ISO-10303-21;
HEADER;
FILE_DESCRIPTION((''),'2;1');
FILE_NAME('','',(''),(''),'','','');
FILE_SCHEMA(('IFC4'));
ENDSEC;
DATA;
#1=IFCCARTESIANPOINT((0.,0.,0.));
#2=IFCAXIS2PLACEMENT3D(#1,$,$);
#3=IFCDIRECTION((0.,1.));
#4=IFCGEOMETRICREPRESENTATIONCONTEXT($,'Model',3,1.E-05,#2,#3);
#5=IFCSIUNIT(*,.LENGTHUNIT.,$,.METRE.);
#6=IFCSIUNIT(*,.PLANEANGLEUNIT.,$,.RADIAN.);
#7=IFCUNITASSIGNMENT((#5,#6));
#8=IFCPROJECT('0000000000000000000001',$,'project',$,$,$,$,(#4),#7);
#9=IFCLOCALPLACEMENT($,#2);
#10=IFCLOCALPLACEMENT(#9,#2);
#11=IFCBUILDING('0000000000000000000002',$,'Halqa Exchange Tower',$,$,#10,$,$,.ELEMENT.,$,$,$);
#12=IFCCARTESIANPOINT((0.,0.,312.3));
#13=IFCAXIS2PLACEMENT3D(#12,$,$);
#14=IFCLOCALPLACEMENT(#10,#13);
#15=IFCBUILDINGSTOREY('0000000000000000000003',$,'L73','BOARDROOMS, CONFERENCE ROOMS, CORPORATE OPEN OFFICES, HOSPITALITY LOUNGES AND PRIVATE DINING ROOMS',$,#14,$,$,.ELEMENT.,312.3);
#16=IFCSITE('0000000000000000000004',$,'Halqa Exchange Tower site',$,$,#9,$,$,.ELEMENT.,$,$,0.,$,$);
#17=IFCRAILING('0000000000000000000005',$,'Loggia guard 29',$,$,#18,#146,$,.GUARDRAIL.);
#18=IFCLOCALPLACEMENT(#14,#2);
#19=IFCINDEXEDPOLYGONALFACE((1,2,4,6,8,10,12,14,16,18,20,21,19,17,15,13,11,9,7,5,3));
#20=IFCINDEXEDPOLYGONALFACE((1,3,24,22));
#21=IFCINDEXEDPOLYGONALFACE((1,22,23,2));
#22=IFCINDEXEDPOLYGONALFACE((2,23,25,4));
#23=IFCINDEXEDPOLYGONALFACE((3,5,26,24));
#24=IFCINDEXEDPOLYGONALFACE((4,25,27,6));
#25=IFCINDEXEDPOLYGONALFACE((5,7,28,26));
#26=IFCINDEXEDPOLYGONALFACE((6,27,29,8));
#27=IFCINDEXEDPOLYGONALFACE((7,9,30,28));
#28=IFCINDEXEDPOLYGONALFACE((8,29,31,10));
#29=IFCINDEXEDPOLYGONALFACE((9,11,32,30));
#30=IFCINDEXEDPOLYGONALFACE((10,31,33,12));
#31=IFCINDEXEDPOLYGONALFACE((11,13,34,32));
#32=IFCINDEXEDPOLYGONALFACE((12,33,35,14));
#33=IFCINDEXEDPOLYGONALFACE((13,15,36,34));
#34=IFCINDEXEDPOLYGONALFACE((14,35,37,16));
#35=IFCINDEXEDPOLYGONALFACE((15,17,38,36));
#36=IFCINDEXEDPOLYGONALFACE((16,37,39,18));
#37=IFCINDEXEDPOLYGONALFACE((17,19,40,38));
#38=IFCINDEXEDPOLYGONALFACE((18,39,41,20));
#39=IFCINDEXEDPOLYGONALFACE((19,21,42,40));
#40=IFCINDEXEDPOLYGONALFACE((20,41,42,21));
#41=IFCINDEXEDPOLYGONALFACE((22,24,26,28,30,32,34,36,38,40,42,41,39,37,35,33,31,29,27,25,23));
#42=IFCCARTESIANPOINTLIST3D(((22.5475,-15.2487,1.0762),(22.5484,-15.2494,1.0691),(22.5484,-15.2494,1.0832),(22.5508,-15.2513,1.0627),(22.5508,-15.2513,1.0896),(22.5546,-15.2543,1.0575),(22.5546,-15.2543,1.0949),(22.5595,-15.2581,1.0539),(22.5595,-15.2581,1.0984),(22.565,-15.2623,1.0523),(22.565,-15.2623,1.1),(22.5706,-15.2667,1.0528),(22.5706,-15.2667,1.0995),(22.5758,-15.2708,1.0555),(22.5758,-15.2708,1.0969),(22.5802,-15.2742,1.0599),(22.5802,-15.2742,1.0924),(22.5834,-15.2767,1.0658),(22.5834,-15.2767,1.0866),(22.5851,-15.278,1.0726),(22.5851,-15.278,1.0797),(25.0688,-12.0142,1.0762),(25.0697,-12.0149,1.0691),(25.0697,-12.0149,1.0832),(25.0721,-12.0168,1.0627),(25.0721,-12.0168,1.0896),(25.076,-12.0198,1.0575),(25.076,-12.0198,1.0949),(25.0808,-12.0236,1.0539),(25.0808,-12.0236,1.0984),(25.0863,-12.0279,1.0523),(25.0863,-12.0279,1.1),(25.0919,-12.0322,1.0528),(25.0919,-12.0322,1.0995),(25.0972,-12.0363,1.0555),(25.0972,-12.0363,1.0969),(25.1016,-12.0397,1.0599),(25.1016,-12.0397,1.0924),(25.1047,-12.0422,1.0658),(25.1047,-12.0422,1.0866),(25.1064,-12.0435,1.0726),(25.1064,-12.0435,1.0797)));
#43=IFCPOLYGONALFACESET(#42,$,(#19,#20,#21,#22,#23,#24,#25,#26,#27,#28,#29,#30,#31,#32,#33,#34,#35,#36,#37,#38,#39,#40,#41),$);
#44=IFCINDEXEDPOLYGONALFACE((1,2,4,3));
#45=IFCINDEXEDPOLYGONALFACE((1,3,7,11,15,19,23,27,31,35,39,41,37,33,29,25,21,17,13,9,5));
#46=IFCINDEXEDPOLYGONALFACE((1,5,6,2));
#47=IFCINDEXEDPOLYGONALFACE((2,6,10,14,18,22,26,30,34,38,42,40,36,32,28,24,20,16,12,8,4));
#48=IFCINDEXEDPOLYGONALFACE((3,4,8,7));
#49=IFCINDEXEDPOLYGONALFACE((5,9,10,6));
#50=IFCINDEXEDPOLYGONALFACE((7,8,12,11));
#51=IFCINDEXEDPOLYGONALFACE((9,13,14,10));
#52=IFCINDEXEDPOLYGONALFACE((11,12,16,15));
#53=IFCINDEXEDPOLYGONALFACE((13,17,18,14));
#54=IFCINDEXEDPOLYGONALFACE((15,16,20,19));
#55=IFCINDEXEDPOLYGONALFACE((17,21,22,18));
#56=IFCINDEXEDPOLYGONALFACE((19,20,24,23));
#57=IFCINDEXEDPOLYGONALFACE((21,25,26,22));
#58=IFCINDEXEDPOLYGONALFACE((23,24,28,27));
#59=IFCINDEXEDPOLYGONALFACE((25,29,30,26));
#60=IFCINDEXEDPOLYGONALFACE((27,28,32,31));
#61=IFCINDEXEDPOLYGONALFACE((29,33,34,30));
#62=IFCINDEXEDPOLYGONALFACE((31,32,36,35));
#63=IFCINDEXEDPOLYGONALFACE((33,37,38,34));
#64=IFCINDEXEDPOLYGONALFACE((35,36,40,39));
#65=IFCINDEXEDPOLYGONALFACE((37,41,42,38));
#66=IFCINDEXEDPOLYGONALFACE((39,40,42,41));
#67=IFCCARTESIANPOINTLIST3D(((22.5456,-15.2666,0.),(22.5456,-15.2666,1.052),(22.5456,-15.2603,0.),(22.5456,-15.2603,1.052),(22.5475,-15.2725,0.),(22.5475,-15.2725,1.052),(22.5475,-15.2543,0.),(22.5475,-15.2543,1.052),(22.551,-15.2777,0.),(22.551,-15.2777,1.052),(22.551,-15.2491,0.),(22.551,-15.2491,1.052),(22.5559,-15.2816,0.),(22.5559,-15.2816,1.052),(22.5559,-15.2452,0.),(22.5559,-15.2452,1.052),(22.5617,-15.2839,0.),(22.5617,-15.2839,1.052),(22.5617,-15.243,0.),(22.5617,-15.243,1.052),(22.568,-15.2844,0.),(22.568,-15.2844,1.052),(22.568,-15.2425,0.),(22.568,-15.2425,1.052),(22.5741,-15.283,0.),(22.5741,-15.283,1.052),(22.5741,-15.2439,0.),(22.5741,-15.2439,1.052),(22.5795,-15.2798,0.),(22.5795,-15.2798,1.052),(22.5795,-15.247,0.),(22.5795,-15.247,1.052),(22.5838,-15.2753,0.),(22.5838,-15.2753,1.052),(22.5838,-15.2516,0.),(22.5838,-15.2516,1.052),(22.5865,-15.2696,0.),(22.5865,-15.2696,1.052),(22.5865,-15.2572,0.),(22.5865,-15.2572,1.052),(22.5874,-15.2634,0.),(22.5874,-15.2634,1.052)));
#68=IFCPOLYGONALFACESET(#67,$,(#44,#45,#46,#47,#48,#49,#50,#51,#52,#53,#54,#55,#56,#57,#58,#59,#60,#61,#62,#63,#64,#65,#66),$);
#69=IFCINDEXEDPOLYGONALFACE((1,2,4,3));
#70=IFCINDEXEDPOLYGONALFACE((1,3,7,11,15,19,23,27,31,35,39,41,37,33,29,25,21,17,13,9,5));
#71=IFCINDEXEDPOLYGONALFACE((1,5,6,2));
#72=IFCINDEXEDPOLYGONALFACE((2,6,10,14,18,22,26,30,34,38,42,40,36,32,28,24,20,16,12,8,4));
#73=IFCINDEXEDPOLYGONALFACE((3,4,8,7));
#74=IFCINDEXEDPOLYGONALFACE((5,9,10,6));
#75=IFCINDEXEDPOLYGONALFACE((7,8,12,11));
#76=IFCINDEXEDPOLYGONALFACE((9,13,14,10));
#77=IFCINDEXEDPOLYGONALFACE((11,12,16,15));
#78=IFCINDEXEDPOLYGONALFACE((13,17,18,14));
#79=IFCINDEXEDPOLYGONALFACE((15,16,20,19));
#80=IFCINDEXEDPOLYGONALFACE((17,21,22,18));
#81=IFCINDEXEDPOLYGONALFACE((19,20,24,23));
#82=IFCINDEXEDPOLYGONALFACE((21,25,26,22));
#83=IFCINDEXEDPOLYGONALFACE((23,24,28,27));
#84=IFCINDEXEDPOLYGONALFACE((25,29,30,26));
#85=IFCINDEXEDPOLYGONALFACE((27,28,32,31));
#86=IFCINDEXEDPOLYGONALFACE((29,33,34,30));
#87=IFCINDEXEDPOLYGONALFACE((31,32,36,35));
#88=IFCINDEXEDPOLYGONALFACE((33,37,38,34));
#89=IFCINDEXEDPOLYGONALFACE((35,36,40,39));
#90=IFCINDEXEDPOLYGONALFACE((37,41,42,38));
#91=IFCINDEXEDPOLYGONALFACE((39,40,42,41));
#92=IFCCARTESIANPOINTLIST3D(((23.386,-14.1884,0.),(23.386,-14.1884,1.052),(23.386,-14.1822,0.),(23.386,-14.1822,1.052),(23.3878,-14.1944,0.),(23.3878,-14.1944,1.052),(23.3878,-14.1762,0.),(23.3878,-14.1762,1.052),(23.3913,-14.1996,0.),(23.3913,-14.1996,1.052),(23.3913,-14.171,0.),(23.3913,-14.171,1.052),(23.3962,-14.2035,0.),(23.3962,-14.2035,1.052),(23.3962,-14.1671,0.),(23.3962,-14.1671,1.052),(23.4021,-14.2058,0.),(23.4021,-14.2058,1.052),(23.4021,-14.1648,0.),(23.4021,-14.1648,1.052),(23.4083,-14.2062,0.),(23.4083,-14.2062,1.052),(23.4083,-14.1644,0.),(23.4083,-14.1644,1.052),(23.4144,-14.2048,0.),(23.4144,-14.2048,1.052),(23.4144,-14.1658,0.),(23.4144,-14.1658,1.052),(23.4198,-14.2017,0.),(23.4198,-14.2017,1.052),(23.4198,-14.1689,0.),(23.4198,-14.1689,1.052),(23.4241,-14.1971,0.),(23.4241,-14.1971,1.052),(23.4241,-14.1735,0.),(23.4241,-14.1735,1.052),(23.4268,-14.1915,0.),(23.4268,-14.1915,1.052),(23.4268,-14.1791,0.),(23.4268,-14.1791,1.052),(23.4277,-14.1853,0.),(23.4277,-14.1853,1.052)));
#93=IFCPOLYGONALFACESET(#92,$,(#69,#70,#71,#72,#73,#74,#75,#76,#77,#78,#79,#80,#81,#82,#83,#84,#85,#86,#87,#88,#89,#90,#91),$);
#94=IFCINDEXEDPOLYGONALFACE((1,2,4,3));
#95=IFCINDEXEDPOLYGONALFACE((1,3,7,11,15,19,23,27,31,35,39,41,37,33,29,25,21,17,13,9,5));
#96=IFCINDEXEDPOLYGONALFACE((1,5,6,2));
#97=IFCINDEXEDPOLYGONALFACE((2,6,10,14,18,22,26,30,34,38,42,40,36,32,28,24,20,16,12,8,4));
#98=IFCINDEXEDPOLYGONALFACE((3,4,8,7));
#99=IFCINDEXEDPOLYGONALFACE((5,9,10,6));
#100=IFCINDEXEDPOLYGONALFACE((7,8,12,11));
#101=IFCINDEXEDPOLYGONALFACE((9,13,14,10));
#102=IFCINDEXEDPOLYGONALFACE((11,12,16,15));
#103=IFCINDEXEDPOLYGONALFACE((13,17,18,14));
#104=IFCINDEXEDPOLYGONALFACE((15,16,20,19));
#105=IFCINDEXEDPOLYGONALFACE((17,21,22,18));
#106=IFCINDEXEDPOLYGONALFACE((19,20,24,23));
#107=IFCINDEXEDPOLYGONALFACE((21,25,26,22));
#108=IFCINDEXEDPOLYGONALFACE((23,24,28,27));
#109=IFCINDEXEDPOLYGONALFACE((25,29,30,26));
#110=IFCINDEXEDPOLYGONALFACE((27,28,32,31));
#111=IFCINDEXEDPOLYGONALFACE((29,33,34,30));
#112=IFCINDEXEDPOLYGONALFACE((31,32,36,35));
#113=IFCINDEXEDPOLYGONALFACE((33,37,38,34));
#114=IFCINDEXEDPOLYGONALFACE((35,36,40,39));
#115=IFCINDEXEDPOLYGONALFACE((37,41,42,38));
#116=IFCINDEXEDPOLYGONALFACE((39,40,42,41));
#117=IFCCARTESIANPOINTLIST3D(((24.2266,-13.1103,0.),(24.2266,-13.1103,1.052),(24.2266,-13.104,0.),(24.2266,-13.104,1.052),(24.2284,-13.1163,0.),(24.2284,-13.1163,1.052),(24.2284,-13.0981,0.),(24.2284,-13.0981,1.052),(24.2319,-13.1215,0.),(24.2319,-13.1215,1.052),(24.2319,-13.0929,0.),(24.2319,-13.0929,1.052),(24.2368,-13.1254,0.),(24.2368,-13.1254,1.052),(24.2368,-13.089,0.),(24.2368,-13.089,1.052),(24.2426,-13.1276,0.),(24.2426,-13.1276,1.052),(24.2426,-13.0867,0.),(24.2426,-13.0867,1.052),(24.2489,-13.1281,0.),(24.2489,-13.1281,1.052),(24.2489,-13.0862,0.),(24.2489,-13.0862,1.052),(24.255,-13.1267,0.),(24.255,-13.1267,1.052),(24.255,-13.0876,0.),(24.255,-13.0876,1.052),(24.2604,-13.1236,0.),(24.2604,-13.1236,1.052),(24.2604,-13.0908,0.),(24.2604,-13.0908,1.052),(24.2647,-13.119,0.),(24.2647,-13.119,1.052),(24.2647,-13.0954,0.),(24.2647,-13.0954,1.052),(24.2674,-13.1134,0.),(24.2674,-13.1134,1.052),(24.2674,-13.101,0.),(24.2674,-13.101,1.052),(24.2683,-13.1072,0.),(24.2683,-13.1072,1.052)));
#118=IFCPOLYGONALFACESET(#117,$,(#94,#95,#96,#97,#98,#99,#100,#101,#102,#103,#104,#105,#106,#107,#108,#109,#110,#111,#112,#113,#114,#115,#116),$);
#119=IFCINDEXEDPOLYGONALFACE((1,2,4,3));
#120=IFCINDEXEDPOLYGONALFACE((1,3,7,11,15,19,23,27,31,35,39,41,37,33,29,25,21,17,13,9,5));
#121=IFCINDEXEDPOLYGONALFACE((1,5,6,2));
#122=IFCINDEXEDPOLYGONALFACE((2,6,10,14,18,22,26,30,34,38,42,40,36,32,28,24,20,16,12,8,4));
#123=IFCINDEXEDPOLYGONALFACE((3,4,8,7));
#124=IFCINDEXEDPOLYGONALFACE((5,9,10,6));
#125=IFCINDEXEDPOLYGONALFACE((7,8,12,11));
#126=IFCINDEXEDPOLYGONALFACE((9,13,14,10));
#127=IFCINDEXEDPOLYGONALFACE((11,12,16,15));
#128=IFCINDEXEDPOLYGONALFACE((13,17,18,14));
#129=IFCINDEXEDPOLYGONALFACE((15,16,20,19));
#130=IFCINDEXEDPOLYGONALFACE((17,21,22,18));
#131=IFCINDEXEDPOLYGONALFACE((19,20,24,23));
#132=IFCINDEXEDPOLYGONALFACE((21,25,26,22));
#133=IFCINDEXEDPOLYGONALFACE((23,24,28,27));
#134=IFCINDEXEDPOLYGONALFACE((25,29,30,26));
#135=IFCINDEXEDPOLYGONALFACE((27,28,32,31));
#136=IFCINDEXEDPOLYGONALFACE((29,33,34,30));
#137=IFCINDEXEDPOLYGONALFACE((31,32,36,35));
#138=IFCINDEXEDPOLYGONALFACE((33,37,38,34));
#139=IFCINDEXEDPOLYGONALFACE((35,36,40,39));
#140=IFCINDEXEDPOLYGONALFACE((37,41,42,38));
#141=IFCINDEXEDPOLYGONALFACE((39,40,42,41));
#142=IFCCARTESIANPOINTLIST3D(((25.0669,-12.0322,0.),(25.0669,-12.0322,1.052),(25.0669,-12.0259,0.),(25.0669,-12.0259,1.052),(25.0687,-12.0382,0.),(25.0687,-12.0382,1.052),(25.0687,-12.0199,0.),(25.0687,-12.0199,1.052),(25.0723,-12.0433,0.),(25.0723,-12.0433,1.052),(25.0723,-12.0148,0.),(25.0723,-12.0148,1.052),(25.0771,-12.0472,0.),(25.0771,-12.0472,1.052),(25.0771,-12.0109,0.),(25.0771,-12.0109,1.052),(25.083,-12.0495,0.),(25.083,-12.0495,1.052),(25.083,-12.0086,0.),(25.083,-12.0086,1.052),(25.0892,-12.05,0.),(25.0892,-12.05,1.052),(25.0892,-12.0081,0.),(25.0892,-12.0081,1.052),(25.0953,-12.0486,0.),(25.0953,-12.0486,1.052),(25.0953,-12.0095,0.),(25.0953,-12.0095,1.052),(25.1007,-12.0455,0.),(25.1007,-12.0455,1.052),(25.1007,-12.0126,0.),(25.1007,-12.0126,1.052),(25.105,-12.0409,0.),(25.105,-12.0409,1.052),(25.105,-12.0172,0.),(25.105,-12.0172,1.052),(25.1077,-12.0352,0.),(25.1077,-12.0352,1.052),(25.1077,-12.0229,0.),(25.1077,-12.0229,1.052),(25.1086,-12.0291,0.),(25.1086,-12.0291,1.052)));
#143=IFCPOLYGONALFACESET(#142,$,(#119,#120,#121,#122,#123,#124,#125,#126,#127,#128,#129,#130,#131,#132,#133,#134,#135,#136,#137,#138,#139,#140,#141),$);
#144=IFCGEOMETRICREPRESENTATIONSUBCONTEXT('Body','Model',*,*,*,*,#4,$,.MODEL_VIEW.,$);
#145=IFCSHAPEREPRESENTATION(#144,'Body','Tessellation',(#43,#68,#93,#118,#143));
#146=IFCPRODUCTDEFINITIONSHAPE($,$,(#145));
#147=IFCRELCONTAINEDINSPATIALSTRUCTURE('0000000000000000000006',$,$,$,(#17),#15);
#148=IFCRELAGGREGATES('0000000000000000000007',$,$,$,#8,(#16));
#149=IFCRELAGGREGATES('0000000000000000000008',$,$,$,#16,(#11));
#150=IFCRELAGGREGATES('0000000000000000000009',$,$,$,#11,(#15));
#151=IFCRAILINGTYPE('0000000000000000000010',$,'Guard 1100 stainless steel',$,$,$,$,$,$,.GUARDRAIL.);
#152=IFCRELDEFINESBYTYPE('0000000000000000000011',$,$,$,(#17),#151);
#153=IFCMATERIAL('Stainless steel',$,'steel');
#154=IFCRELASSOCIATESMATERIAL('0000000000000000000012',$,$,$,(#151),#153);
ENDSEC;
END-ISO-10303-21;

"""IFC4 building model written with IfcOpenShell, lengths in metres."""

from ifc_helpers import new_model, si_unit, direction, frame, origin, origin_2d, place, context, subcontext, project, spatial, circle, extrude, material, type_object, element, save


model = new_model("IFC4")

# Units and contexts
model_context = context("Model", 3, precision=1e-05, world=origin(), true_north=direction((0.0, 1.0)))
body_context = subcontext(model_context, "Body", "Model", "MODEL_VIEW")
ifc_project = project(units=[si_unit("LENGTHUNIT", "METRE"), si_unit("PLANEANGLEUNIT", "RADIAN")], contexts=[model_context])

# Site, building, storey
site_placement = place(None, origin())
site = spatial("IfcSite", under=ifc_project, at=site_placement, Name="Halqa Exchange Tower site", CompositionType="ELEMENT", RefElevation=0.0)
building_placement = place(site_placement, origin())
building = spatial("IfcBuilding", under=site, at=building_placement, Name="Halqa Exchange Tower", CompositionType="ELEMENT")
storey_placement = place(building_placement, frame((0.0, 0.0, 312.3)))
storey = spatial("IfcBuildingStorey", under=building, at=storey_placement, Name="L73", Description="BOARDROOMS, CONFERENCE ROOMS, CORPORATE OPEN OFFICES, HOSPITALITY LOUNGES AND PRIVATE DINING ROOMS", CompositionType="ELEMENT", Elevation=312.3)

# Railing
ifc_material_1 = material(Name="Stainless steel", Category="steel")
railing_type = type_object("IfcRailingType", Name="Guard 1100 stainless steel", PredefinedType="GUARDRAIL", material=ifc_material_1)
railing_1_placement = place(storey_placement, frame((22.5664, -15.2634, 0.0)))
element("IfcRailing", 1, at=railing_1_placement, inside=storey, type_object=railing_type, Name="Loggia guard 29", PredefinedType="GUARDRAIL", context=body_context, shape_type="SweptSolid", body=[
    extrude(circle(Radius=0.0239, at=origin_2d()), frame((0.0, 0.0, 1.0762), z_axis=(0.614793, 0.788688, 0.0), x_axis=(-0.788688, 0.614793, 0.0)), (0.0, 0.0, 1.0), 4.1011),
    extrude(circle(Radius=0.021, at=origin_2d()), origin(), (0.0, 0.0, 1.0), 1.052),
    extrude(circle(Radius=0.021, at=origin_2d()), frame((0.8403, 1.0781, 0.0)), (0.0, 0.0, 1.0), 1.052),
    extrude(circle(Radius=0.021, at=origin_2d()), frame((1.6809, 2.1562, 0.0)), (0.0, 0.0, 1.0), 1.052),
    extrude(circle(Radius=0.021, at=origin_2d()), frame((2.5212, 3.2344, 0.0)), (0.0, 0.0, 1.0), 1.052),
])

save(model, "model.ifc")
